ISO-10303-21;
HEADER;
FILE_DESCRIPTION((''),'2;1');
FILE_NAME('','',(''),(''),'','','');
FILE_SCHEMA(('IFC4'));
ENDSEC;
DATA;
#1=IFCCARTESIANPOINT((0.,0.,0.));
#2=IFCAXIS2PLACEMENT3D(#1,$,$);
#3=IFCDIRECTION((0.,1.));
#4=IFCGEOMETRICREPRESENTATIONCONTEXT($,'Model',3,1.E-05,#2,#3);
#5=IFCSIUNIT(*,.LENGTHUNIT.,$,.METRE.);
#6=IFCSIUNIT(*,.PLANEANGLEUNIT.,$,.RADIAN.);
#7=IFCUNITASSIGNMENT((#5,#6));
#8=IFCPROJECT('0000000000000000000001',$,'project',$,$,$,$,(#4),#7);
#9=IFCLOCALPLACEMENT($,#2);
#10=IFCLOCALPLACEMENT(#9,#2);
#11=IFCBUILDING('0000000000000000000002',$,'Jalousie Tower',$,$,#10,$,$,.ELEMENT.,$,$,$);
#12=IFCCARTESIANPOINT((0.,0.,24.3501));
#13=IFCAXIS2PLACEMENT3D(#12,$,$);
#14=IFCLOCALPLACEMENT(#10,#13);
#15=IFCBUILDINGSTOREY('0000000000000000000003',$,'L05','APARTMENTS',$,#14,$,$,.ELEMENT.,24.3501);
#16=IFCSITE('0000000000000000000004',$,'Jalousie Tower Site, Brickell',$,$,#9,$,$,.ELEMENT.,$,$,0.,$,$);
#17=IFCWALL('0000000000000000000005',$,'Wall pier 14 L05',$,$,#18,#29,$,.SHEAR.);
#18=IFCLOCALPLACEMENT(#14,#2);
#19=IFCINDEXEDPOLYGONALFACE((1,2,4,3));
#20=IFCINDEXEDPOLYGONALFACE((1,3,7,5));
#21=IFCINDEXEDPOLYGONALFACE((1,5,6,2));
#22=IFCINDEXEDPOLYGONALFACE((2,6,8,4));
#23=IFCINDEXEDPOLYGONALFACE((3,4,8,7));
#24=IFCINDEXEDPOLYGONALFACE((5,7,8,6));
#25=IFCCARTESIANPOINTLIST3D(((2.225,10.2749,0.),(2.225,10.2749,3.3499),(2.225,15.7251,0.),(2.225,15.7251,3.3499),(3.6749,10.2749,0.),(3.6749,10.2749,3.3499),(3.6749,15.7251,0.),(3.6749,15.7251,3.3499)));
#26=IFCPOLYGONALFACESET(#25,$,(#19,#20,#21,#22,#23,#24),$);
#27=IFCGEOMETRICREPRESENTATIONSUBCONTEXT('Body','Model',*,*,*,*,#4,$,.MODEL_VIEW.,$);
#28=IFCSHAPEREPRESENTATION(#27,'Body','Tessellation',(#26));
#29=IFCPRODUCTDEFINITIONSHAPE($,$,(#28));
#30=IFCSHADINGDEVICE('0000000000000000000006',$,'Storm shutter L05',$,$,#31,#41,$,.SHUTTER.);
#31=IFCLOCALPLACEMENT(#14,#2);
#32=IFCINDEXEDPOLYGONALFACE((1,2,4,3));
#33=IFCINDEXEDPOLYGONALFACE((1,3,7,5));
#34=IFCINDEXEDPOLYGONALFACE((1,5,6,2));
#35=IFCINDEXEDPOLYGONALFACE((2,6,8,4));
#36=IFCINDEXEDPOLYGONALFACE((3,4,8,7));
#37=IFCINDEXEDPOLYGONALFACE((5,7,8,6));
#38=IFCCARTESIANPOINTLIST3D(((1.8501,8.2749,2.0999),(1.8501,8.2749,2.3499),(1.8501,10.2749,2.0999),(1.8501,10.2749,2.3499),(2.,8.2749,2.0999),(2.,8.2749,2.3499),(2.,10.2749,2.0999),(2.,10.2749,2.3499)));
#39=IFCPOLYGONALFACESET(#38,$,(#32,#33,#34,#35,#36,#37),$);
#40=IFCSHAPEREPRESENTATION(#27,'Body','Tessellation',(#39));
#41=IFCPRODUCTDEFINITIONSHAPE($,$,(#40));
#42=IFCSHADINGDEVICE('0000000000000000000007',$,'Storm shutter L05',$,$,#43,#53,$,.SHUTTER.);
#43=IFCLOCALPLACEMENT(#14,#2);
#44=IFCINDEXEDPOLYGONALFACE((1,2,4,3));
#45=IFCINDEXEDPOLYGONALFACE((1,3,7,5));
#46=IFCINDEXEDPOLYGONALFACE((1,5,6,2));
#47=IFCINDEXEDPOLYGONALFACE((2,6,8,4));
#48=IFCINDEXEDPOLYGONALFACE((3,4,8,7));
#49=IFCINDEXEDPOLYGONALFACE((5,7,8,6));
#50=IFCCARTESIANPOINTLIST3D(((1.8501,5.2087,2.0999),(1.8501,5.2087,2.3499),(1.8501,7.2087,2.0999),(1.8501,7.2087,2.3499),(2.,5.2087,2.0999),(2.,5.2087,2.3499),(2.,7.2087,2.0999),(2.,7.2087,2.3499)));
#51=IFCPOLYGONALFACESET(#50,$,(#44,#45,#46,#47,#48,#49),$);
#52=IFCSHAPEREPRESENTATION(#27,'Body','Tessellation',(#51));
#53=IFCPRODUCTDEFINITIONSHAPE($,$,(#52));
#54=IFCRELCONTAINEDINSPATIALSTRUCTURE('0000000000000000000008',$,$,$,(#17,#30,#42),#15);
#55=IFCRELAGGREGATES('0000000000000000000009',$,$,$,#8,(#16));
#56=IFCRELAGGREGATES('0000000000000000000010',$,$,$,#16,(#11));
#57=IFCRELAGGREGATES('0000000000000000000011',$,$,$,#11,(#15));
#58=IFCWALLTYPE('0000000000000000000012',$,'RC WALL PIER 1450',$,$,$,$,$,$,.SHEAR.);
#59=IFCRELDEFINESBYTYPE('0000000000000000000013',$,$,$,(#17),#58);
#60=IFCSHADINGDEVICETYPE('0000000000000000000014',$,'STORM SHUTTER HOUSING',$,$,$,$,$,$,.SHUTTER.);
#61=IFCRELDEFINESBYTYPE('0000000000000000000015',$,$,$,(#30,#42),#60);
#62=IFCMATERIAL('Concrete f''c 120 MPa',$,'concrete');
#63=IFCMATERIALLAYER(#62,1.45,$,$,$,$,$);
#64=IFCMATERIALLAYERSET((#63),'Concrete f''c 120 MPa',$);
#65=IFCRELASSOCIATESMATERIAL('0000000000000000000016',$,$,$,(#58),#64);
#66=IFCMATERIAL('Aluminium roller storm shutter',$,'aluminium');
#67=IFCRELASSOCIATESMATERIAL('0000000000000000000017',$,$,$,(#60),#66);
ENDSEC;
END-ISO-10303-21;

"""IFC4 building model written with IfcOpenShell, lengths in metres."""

from ifc_helpers import new_model, si_unit, direction, frame, frame_2d, origin, origin_2d, place, context, subcontext, project, spatial, rectangle, extrude, material, layer, layer_set, type_object, element, save


model = new_model("IFC4")

# Units and contexts
model_context = context("Model", 3, precision=1e-05, world=origin(), true_north=direction((0.0, 1.0)))
body_context = subcontext(model_context, "Body", "Model", "MODEL_VIEW")
ifc_project = project(units=[si_unit("LENGTHUNIT", "METRE"), si_unit("PLANEANGLEUNIT", "RADIAN")], contexts=[model_context])

# Site, building, storey
site_placement = place(None, origin())
site = spatial("IfcSite", under=ifc_project, at=site_placement, Name="Jalousie Tower Site, Brickell", CompositionType="ELEMENT", RefElevation=0.0)
building_placement = place(site_placement, origin())
building = spatial("IfcBuilding", under=site, at=building_placement, Name="Jalousie Tower", CompositionType="ELEMENT")
storey_placement = place(building_placement, frame((0.0, 0.0, 24.3501)))
storey = spatial("IfcBuildingStorey", under=building, at=storey_placement, Name="L05", Description="APARTMENTS", CompositionType="ELEMENT", Elevation=24.3501)

# Wall
ifc_material_1 = material(Name="Concrete f'c 120 MPa", Category="concrete")
ifc_layer_1 = layer(ifc_material_1, 1.45)
ifc_layer_set_1 = layer_set([ifc_layer_1], Name="Concrete f'c 120 MPa")
wall_type_1 = type_object("IfcWallType", Name="RC WALL PIER 1450", PredefinedType="SHEAR", material=ifc_layer_set_1)
wall_1_placement = place(storey_placement, frame((2.95, 10.2749, 0.0), z_axis=(0.0, 0.0, 1.0), x_axis=(0.0, 1.0, 0.0)))
element("IfcWall", 1, at=wall_1_placement, inside=storey, type_object=wall_type_1, Name="Wall pier 14 L05", PredefinedType="SHEAR", context=body_context, shape_type="SweptSolid", body=[
    extrude(rectangle(XDim=5.4502, YDim=1.45, at=frame_2d((2.7251, 0.0))), origin(), (0.0, 0.0, 1.0), 3.3499),
])

# Shading devices
ifc_material_2 = material(Name="Aluminium roller storm shutter", Category="aluminium")
shading_device_type = type_object("IfcShadingDeviceType", Name="STORM SHUTTER HOUSING", PredefinedType="SHUTTER", material=ifc_material_2)
for number, where, z_axis, x_axis, name in (
    (2, (1.925, 9.2749, 2.0999), (0.0, 0.0, 1.0), (0.0, -1.0, 0.0), "Storm shutter L05"),
    (3, (1.925, 6.2087, 2.0999), (0.0, 0.0, 1.0), (0.0, -1.0, 0.0), "Storm shutter L05"),
):
    element("IfcShadingDevice", number, at=place(storey_placement, frame(where, z_axis=z_axis, x_axis=x_axis)), inside=storey, type_object=shading_device_type, Name=name, PredefinedType="SHUTTER", context=body_context, shape_type="SweptSolid", body=[
        extrude(rectangle(XDim=2.0, YDim=0.1499, at=origin_2d()), origin(), (0.0, 0.0, 1.0), 0.25),
    ])

save(model, "model.ifc")
